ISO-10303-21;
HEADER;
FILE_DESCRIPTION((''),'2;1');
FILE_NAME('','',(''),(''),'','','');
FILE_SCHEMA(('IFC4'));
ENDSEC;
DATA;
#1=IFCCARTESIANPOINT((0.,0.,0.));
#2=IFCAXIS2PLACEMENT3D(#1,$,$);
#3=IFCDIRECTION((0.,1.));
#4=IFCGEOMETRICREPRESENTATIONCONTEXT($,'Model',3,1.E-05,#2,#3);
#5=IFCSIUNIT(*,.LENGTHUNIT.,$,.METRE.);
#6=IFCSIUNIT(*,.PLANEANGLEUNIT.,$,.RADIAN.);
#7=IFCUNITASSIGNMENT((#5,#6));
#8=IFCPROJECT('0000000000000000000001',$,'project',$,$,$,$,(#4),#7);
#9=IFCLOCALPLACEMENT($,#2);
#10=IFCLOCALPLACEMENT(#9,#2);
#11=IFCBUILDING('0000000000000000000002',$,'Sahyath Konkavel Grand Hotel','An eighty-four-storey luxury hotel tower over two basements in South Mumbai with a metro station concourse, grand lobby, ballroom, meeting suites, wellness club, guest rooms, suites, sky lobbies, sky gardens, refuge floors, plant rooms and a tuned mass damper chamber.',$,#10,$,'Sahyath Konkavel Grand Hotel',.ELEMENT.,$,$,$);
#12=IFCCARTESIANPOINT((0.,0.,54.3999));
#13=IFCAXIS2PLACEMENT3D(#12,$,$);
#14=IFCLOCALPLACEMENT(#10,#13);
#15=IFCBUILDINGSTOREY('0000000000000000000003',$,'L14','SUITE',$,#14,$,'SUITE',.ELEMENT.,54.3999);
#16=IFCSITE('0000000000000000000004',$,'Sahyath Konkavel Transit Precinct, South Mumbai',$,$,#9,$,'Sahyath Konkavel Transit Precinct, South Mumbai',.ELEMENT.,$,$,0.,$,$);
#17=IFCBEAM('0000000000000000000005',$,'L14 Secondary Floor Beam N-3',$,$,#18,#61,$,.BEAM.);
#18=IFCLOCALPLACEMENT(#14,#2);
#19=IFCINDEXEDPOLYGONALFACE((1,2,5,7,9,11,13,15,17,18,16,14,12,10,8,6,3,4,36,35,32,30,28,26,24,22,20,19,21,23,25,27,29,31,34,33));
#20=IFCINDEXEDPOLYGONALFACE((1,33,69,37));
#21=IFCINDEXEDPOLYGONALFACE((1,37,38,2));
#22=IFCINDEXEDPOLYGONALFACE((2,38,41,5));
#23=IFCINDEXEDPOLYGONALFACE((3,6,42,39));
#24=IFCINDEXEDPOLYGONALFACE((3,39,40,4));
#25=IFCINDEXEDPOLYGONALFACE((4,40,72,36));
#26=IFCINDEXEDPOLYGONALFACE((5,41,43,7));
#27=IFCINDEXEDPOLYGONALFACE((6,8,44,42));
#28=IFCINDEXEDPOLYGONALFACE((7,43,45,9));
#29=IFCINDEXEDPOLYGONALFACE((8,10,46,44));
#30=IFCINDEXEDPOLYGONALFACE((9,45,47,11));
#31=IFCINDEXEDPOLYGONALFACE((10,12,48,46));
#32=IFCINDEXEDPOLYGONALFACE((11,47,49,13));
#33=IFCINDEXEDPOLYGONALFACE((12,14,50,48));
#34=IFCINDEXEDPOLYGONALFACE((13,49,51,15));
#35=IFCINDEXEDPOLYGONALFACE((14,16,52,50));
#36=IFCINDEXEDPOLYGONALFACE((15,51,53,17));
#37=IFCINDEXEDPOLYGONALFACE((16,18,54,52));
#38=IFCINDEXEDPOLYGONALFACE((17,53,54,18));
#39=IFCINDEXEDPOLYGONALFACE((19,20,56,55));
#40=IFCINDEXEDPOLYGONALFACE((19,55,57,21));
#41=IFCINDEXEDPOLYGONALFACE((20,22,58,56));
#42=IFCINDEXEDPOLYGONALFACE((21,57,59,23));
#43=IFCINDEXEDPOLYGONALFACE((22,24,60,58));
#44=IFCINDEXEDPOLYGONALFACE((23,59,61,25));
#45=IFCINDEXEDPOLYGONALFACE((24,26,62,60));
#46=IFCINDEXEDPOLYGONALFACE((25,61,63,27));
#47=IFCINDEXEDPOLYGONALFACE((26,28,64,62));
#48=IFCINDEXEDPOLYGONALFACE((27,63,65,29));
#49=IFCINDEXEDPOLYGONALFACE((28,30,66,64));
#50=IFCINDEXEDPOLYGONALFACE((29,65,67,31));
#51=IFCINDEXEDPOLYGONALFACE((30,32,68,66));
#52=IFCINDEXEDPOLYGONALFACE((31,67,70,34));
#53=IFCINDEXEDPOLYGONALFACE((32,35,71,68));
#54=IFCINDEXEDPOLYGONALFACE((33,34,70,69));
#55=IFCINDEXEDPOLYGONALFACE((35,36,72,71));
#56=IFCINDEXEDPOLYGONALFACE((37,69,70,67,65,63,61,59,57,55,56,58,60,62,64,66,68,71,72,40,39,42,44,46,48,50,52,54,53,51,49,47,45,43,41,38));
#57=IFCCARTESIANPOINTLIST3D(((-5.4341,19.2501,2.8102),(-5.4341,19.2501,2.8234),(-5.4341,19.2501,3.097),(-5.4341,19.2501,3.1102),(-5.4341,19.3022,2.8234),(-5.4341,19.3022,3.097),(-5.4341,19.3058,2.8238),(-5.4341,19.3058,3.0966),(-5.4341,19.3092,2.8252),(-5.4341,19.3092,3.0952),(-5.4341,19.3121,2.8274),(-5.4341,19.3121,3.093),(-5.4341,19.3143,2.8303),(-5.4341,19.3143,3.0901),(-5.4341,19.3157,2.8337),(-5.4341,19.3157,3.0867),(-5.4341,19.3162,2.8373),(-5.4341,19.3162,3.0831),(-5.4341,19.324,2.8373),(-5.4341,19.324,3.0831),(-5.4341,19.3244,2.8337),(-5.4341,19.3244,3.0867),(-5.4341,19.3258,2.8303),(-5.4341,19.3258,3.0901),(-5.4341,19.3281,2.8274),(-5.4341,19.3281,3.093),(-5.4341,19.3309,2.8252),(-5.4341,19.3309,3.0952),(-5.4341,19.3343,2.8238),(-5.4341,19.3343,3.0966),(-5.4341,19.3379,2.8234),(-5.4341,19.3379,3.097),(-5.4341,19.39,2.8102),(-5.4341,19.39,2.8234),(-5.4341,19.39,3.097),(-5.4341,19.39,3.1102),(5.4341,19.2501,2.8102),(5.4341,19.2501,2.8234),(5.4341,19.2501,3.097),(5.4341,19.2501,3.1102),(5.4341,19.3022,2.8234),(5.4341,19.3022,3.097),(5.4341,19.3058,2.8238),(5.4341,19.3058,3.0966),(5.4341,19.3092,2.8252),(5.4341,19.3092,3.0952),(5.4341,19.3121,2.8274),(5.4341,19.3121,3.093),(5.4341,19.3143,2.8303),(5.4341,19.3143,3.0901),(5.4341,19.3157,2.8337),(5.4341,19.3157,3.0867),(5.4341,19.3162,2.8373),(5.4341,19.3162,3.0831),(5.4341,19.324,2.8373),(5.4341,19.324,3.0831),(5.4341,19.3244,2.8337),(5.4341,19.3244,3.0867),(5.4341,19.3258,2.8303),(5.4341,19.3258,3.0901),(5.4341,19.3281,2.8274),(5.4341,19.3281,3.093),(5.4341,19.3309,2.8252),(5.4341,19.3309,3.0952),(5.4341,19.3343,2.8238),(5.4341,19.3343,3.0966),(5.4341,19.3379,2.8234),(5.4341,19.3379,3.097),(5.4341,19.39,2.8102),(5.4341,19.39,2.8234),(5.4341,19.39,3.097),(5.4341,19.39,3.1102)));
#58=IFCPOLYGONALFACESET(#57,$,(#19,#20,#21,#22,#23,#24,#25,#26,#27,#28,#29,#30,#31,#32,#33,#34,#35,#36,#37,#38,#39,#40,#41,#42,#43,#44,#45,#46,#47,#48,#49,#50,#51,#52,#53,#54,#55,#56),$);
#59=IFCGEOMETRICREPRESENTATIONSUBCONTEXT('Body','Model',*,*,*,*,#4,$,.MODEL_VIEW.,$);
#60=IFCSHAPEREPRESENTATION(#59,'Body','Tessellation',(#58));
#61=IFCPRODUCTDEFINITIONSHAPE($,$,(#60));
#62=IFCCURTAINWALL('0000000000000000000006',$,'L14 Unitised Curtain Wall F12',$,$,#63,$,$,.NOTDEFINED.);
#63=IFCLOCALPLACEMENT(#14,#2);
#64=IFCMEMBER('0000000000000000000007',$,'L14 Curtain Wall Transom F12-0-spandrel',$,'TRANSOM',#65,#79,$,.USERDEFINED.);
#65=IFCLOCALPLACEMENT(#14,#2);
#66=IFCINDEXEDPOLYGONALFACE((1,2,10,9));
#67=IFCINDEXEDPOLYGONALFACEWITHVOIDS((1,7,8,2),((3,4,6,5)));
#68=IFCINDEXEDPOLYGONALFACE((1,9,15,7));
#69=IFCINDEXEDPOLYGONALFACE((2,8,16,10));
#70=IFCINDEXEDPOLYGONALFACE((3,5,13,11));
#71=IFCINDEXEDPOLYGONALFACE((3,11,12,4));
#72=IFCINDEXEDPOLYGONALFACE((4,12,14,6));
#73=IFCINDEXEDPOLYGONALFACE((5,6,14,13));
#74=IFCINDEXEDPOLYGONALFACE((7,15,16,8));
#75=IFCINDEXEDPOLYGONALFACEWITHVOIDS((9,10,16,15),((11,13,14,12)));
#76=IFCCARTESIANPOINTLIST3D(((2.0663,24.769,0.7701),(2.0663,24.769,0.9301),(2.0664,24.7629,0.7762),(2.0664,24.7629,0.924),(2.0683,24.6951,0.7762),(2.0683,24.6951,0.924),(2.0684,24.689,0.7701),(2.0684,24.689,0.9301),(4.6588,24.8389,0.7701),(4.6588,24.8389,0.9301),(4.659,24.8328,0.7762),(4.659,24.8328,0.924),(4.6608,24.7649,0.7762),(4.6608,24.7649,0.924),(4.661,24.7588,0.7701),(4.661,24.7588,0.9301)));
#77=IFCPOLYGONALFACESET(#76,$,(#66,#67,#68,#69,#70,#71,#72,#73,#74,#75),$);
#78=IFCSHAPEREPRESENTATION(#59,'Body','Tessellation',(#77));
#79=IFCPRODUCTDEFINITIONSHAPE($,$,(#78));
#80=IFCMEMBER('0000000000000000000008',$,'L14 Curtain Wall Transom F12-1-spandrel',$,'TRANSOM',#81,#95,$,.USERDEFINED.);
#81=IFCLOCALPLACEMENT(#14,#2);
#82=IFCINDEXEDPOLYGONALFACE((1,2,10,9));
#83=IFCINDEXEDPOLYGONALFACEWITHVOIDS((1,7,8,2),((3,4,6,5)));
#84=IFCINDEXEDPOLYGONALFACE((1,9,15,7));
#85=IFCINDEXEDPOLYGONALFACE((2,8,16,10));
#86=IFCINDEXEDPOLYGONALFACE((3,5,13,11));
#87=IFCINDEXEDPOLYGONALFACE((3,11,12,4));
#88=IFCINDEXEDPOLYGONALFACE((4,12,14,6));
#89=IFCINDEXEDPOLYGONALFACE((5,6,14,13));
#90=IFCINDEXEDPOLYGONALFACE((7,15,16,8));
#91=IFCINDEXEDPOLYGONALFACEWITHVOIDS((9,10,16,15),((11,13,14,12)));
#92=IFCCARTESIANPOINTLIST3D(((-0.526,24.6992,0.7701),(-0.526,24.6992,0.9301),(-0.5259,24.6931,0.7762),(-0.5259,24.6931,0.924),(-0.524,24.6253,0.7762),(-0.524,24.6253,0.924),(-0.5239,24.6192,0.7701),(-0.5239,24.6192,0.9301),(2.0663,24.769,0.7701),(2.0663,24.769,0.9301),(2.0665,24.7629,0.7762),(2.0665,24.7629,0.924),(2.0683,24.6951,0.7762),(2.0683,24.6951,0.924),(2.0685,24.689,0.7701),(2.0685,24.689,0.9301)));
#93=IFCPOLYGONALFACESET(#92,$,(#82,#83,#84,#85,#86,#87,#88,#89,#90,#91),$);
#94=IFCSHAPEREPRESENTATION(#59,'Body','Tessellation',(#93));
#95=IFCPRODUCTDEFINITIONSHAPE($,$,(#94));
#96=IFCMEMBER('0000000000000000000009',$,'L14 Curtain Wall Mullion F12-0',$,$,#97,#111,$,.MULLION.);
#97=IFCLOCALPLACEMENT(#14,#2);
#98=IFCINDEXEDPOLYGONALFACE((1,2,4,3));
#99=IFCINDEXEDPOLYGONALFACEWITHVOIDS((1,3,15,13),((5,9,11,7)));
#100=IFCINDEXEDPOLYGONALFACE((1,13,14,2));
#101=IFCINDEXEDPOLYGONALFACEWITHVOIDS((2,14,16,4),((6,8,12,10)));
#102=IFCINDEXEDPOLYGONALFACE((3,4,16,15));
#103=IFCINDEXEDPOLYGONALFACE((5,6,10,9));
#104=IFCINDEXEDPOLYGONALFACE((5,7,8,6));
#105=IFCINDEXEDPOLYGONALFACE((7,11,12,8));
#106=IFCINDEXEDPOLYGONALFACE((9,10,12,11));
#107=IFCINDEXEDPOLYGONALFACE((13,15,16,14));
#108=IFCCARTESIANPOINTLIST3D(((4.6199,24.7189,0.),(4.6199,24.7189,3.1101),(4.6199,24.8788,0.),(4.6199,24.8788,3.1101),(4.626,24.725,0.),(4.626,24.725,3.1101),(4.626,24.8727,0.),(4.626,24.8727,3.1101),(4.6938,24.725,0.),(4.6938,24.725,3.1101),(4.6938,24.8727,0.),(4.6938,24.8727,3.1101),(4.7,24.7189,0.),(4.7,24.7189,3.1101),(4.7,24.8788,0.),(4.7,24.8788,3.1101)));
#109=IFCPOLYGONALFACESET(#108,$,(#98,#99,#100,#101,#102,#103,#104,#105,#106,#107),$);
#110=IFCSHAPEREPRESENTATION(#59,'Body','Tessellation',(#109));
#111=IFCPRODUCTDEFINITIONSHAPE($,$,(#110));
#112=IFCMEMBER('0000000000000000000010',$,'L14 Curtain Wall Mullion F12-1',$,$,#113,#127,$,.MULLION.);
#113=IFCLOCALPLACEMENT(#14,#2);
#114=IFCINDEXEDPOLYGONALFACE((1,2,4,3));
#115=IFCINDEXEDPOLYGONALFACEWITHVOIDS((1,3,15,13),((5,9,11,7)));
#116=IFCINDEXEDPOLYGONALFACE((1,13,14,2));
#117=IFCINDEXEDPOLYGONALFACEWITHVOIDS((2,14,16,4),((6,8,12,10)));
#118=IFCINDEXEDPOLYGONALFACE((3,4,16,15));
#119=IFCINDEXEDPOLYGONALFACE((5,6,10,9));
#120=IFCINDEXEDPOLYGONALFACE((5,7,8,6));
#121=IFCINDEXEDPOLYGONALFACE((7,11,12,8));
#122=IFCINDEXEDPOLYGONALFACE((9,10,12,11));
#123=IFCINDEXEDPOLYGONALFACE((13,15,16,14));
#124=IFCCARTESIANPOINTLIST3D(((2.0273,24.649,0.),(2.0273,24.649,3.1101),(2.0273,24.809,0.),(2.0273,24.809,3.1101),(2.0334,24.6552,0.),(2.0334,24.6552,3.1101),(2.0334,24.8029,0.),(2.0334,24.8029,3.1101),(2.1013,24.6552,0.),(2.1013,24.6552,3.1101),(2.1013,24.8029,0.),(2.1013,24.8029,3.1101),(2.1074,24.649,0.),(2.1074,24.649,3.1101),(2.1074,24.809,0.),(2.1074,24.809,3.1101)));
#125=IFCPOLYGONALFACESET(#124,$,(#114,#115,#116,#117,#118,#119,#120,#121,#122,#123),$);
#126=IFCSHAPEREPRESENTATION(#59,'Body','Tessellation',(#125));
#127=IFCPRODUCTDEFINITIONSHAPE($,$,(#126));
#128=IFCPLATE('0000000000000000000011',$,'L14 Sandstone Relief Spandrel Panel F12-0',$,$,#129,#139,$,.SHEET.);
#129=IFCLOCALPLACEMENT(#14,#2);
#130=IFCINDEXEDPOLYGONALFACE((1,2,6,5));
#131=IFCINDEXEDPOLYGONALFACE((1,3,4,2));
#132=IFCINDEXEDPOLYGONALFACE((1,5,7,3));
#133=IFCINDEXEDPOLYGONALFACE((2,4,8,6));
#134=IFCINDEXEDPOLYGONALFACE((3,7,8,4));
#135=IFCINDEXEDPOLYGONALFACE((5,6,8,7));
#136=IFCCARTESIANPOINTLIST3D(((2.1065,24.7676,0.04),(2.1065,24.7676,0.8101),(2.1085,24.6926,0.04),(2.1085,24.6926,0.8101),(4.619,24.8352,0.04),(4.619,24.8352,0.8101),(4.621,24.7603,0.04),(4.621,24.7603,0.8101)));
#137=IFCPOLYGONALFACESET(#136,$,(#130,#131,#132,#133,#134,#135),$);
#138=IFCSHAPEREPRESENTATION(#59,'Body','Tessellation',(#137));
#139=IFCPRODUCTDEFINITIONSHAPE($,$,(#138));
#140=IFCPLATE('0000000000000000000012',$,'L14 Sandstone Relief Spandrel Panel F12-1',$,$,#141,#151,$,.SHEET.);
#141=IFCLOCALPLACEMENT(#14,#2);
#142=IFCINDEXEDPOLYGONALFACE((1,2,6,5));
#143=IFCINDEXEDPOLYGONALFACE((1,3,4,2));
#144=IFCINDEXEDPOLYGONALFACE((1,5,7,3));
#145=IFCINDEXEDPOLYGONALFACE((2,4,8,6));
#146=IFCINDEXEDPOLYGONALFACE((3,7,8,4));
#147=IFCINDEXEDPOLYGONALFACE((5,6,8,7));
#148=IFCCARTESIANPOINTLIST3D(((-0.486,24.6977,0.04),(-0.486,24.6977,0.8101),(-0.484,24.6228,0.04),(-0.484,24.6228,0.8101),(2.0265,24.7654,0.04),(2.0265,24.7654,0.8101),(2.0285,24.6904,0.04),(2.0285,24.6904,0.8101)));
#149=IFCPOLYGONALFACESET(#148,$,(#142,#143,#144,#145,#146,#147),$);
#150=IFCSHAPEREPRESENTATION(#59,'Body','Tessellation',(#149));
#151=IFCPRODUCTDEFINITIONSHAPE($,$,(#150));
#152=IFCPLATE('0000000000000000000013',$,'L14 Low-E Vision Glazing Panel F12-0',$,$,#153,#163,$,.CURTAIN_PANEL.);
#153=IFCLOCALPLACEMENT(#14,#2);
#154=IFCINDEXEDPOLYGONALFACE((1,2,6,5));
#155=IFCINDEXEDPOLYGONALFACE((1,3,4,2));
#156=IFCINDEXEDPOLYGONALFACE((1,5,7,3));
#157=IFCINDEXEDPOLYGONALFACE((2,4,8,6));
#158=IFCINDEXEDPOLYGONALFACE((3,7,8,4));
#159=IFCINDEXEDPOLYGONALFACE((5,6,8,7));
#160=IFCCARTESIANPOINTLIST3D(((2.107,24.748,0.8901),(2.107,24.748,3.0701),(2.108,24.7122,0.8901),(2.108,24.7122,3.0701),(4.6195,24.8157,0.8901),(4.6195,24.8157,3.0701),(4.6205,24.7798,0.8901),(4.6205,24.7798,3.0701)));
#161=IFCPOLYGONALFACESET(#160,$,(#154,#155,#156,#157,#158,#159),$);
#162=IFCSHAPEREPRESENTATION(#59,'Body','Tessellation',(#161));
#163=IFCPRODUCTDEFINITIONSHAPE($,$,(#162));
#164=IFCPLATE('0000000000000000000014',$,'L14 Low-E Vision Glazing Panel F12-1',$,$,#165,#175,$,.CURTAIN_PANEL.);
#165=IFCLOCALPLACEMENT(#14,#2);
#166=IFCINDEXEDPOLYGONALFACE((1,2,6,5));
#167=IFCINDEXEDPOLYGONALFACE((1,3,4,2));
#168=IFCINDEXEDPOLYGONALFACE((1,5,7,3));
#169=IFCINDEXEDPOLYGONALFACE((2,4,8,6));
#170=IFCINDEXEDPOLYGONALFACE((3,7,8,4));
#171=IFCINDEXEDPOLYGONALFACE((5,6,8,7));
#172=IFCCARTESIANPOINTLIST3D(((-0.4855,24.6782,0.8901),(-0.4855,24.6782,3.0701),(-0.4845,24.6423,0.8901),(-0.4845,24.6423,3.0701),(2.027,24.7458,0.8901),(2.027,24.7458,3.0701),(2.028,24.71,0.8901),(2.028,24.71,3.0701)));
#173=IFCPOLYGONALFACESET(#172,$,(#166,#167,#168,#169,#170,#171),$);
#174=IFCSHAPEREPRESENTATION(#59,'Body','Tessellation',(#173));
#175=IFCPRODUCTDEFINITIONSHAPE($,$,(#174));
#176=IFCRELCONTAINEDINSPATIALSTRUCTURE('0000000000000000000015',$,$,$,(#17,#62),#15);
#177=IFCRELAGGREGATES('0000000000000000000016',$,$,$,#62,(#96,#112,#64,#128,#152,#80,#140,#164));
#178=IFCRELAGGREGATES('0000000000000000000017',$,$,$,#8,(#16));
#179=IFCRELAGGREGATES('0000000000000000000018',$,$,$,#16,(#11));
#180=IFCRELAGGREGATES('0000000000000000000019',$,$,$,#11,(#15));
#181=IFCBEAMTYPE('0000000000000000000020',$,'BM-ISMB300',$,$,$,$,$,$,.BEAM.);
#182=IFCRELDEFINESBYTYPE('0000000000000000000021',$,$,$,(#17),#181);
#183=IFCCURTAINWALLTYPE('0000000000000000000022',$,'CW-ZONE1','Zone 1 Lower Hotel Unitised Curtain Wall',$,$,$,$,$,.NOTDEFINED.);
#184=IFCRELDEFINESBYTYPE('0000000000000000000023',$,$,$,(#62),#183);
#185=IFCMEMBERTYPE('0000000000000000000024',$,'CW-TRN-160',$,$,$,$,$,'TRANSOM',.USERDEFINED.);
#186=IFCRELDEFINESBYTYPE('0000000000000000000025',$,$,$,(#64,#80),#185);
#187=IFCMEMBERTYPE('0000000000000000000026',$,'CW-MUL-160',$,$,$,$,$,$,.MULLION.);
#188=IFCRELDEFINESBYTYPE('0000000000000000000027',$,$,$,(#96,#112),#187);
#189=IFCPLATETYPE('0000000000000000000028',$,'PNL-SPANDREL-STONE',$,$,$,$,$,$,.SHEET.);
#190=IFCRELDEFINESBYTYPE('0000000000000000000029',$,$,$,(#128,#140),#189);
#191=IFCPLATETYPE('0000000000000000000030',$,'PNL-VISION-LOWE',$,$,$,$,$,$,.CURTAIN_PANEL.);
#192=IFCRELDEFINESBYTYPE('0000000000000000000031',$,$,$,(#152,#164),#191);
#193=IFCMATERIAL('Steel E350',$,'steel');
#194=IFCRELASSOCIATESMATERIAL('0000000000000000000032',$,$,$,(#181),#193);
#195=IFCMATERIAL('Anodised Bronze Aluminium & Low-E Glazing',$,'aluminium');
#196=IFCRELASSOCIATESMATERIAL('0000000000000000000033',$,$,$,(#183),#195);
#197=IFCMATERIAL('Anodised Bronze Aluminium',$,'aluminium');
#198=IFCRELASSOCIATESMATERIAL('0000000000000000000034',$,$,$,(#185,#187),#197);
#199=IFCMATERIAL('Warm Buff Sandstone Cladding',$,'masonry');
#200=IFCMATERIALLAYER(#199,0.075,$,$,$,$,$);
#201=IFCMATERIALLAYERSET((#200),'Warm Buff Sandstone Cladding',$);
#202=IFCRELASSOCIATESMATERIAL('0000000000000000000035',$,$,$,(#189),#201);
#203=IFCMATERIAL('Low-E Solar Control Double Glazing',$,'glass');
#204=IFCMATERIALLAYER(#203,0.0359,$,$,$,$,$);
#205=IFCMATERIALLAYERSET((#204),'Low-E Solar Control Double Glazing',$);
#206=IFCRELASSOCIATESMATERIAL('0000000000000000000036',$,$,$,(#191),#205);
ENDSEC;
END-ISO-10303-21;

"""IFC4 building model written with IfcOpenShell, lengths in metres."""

from ifc_helpers import new_model, si_unit, direction, frame, origin, origin_2d, place, context, subcontext, project, spatial, rectangle, hollow_rectangle, i_section, extrude, source, transform, mapped, material, layer, layer_set, material_profile, profile_set, type_object, element, aggregate, save


model = new_model("IFC4")

# Units and contexts
model_context = context("Model", 3, precision=1e-05, world=origin(), true_north=direction((0.0, 1.0)))
body_context = subcontext(model_context, "Body", "Model", "MODEL_VIEW")
ifc_project = project(units=[si_unit("LENGTHUNIT", "METRE"), si_unit("PLANEANGLEUNIT", "RADIAN")], contexts=[model_context])

# Site, building, storey
site_placement = place(None, origin())
site = spatial("IfcSite", under=ifc_project, at=site_placement, Name="Sahyath Konkavel Transit Precinct, South Mumbai", LongName="Sahyath Konkavel Transit Precinct, South Mumbai", CompositionType="ELEMENT", RefElevation=0.0)
building_placement = place(site_placement, origin())
building = spatial("IfcBuilding", under=site, at=building_placement, Name="Sahyath Konkavel Grand Hotel", Description="An eighty-four-storey luxury hotel tower over two basements in South Mumbai with a metro station concourse, grand lobby, ballroom, meeting suites, wellness club, guest rooms, suites, sky lobbies, sky gardens, refuge floors, plant rooms and a tuned mass damper chamber.", LongName="Sahyath Konkavel Grand Hotel", CompositionType="ELEMENT")
storey_placement = place(building_placement, frame((0.0, 0.0, 54.3999)))
storey = spatial("IfcBuildingStorey", under=building, at=storey_placement, Name="L14", Description="SUITE", LongName="SUITE", CompositionType="ELEMENT", Elevation=54.3999)

# Beam
ifc_material_1 = material(Name="Steel E350", Category="steel")
ifc_material_profile_1 = material_profile(ifc_material_1, i_section(OverallWidth=0.1399, OverallDepth=0.3, WebThickness=0.0078, FlangeThickness=0.0132, FilletRadius=0.0139, at=origin_2d()), Name="ISMB 300")
ifc_profile_set_1 = profile_set([ifc_material_profile_1], Name="Steel E350")
beam_type_1 = type_object("IfcBeamType", Name="BM-ISMB300", PredefinedType="BEAM", material=ifc_profile_set_1)
shared_shape_1 = source(origin(), body_context, "Body", "SweptSolid", [
    extrude(i_section(OverallWidth=0.1399, OverallDepth=0.3, WebThickness=0.0078, FlangeThickness=0.0132, FilletRadius=0.0139, at=origin_2d()), origin(), (0.0, 0.0, 1.0), 10.8682),
])
beam_1_placement = place(storey_placement, frame((5.4341, 19.3201, 2.9602), z_axis=(-1.0, 0.0, 0.0), x_axis=(0.0, -1.0, 0.0)))
element("IfcBeam", 1, at=beam_1_placement, inside=storey, type_object=beam_type_1, Name="L14 Secondary Floor Beam N-3", PredefinedType="BEAM", context=body_context, shape_type="MappedRepresentation", body=[
    mapped(shared_shape_1, transform((0.0, 0.0, 0.0), scale=1.0)),
])

# Curtain wall, members, plates
ifc_material_2 = material(Name="Anodised Bronze Aluminium & Low-E Glazing", Category="aluminium")
curtain_wall_type = type_object("IfcCurtainWallType", Name="CW-ZONE1", Description="Zone 1 Lower Hotel Unitised Curtain Wall", PredefinedType="NOTDEFINED", material=ifc_material_2)
curtain_wall_placement = place(storey_placement, origin())
curtain_wall = element("IfcCurtainWall", 2, at=curtain_wall_placement, inside=storey, type_object=curtain_wall_type, Name="L14 Unitised Curtain Wall F12", PredefinedType="NOTDEFINED")
ifc_material_3 = material(Name="Anodised Bronze Aluminium", Category="aluminium")
ifc_material_profile_2 = material_profile(ifc_material_3, hollow_rectangle(XDim=0.0801, YDim=0.1599, WallThickness=0.0061, at=origin_2d()), Name="RHS 160x80x6")
ifc_profile_set_2 = profile_set([ifc_material_profile_2], Name="Anodised Bronze Aluminium")
member_type_1 = type_object("IfcMemberType", Name="CW-TRN-160", ElementType="TRANSOM", PredefinedType="USERDEFINED", material=ifc_profile_set_2)
shared_shape_2 = source(origin(), body_context, "Body", "SweptSolid", [
    extrude(hollow_rectangle(XDim=0.0801, YDim=0.1599, WallThickness=0.0061, at=origin_2d()), origin(), (0.0, 0.0, 1.0), 2.5935),
])
member_1_placement = place(storey_placement, frame((4.6599, 24.7988, 0.8501), z_axis=(-0.999638, -0.026923, 0.0), x_axis=(0.026923, -0.999638, 0.0)))
member_1 = element("IfcMember", 3, at=member_1_placement, type_object=member_type_1, Name="L14 Curtain Wall Transom F12-0-spandrel", ObjectType="TRANSOM", PredefinedType="USERDEFINED", context=body_context, shape_type="MappedRepresentation", body=[
    mapped(shared_shape_2, transform((0.0, 0.0, 0.0), scale=1.0)),
])
shared_shape_3 = source(origin(), body_context, "Body", "SweptSolid", [
    extrude(hollow_rectangle(XDim=0.0801, YDim=0.1599, WallThickness=0.0061, at=origin_2d()), origin(), (0.0, 0.0, 1.0), 2.5933),
])
member_2_placement = place(storey_placement, frame((2.0674, 24.729, 0.8501), z_axis=(-0.999637, -0.026926, 0.0), x_axis=(0.026926, -0.999637, 0.0)))
member_2 = element("IfcMember", 4, at=member_2_placement, type_object=member_type_1, Name="L14 Curtain Wall Transom F12-1-spandrel", ObjectType="TRANSOM", PredefinedType="USERDEFINED", context=body_context, shape_type="MappedRepresentation", body=[
    mapped(shared_shape_3, transform((0.0, 0.0, 0.0), scale=1.0)),
])
ifc_material_profile_3 = material_profile(ifc_material_3, hollow_rectangle(XDim=0.0801, YDim=0.1599, WallThickness=0.0061, at=origin_2d()), Name="RHS 160x80x6")
ifc_profile_set_3 = profile_set([ifc_material_profile_3], Name="Anodised Bronze Aluminium")
member_type_2 = type_object("IfcMemberType", Name="CW-MUL-160", PredefinedType="MULLION", material=ifc_profile_set_3)
shared_shape_4 = source(origin(), body_context, "Body", "SweptSolid", [
    extrude(hollow_rectangle(XDim=0.0801, YDim=0.1599, WallThickness=0.0061, at=origin_2d()), origin(), (0.0, 0.0, 1.0), 3.1101),
])
member_3_placement = place(storey_placement, frame((4.6599, 24.7988, 0.0), z_axis=(0.0, 0.0, 1.0), x_axis=(1.0, 0.0, 0.0)))
member_3 = element("IfcMember", 5, at=member_3_placement, type_object=member_type_2, Name="L14 Curtain Wall Mullion F12-0", PredefinedType="MULLION", context=body_context, shape_type="MappedRepresentation", body=[
    mapped(shared_shape_4, transform((0.0, 0.0, 0.0), scale=1.0)),
])
member_4_placement = place(storey_placement, frame((2.0674, 24.729, 0.0), z_axis=(0.0, 0.0, 1.0), x_axis=(1.0, 0.0, 0.0)))
member_4 = element("IfcMember", 6, at=member_4_placement, type_object=member_type_2, Name="L14 Curtain Wall Mullion F12-1", PredefinedType="MULLION", context=body_context, shape_type="MappedRepresentation", body=[
    mapped(shared_shape_4, transform((0.0, 0.0, 0.0), scale=1.0)),
])
ifc_material_4 = material(Name="Warm Buff Sandstone Cladding", Category="masonry")
ifc_layer_1 = layer(ifc_material_4, 0.075)
ifc_layer_set_1 = layer_set([ifc_layer_1], Name="Warm Buff Sandstone Cladding")
plate_type_1 = type_object("IfcPlateType", Name="PNL-SPANDREL-STONE", PredefinedType="SHEET", material=ifc_layer_set_1)
shared_shape_5 = source(origin(), body_context, "Body", "SweptSolid", [
    extrude(rectangle(XDim=2.5134, YDim=0.075, at=origin_2d()), origin(), (0.0, 0.0, 1.0), 0.77),
])
plate_1_placement = place(storey_placement, frame((3.3638, 24.7639, 0.04), z_axis=(0.0, 0.0, 1.0), x_axis=(-0.999638, -0.02691, 0.0)))
plate_1 = element("IfcPlate", 7, at=plate_1_placement, type_object=plate_type_1, Name="L14 Sandstone Relief Spandrel Panel F12-0", PredefinedType="SHEET", context=body_context, shape_type="MappedRepresentation", body=[
    mapped(shared_shape_5, transform((0.0, 0.0, 0.0), scale=1.0)),
])
plate_2_placement = place(storey_placement, frame((0.7712, 24.6941, 0.04), z_axis=(0.0, 0.0, 1.0), x_axis=(-0.999638, -0.02691, 0.0)))
plate_2 = element("IfcPlate", 8, at=plate_2_placement, type_object=plate_type_1, Name="L14 Sandstone Relief Spandrel Panel F12-1", PredefinedType="SHEET", context=body_context, shape_type="MappedRepresentation", body=[
    mapped(shared_shape_5, transform((0.0, 0.0, 0.0), scale=1.0)),
])
ifc_material_5 = material(Name="Low-E Solar Control Double Glazing", Category="glass")
ifc_layer_2 = layer(ifc_material_5, 0.0359)
ifc_layer_set_2 = layer_set([ifc_layer_2], Name="Low-E Solar Control Double Glazing")
plate_type_2 = type_object("IfcPlateType", Name="PNL-VISION-LOWE", PredefinedType="CURTAIN_PANEL", material=ifc_layer_set_2)
shared_shape_6 = source(origin(), body_context, "Body", "SweptSolid", [
    extrude(rectangle(XDim=2.5134, YDim=0.0359, at=origin_2d()), origin(), (0.0, 0.0, 1.0), 2.1799),
])
plate_3_placement = place(storey_placement, frame((3.3638, 24.7639, 0.8901), z_axis=(0.0, 0.0, 1.0), x_axis=(-0.999638, -0.02691, 0.0)))
plate_3 = element("IfcPlate", 9, at=plate_3_placement, type_object=plate_type_2, Name="L14 Low-E Vision Glazing Panel F12-0", PredefinedType="CURTAIN_PANEL", context=body_context, shape_type="MappedRepresentation", body=[
    mapped(shared_shape_6, transform((0.0, 0.0, 0.0), scale=1.0)),
])
plate_4_placement = place(storey_placement, frame((0.7712, 24.6941, 0.8901), z_axis=(0.0, 0.0, 1.0), x_axis=(-0.999638, -0.02691, 0.0)))
plate_4 = element("IfcPlate", 10, at=plate_4_placement, type_object=plate_type_2, Name="L14 Low-E Vision Glazing Panel F12-1", PredefinedType="CURTAIN_PANEL", context=body_context, shape_type="MappedRepresentation", body=[
    mapped(shared_shape_6, transform((0.0, 0.0, 0.0), scale=1.0)),
])
aggregate(curtain_wall, [member_3, member_4, member_1, plate_1, plate_3, member_2, plate_2, plate_4])

save(model, "model.ifc")
